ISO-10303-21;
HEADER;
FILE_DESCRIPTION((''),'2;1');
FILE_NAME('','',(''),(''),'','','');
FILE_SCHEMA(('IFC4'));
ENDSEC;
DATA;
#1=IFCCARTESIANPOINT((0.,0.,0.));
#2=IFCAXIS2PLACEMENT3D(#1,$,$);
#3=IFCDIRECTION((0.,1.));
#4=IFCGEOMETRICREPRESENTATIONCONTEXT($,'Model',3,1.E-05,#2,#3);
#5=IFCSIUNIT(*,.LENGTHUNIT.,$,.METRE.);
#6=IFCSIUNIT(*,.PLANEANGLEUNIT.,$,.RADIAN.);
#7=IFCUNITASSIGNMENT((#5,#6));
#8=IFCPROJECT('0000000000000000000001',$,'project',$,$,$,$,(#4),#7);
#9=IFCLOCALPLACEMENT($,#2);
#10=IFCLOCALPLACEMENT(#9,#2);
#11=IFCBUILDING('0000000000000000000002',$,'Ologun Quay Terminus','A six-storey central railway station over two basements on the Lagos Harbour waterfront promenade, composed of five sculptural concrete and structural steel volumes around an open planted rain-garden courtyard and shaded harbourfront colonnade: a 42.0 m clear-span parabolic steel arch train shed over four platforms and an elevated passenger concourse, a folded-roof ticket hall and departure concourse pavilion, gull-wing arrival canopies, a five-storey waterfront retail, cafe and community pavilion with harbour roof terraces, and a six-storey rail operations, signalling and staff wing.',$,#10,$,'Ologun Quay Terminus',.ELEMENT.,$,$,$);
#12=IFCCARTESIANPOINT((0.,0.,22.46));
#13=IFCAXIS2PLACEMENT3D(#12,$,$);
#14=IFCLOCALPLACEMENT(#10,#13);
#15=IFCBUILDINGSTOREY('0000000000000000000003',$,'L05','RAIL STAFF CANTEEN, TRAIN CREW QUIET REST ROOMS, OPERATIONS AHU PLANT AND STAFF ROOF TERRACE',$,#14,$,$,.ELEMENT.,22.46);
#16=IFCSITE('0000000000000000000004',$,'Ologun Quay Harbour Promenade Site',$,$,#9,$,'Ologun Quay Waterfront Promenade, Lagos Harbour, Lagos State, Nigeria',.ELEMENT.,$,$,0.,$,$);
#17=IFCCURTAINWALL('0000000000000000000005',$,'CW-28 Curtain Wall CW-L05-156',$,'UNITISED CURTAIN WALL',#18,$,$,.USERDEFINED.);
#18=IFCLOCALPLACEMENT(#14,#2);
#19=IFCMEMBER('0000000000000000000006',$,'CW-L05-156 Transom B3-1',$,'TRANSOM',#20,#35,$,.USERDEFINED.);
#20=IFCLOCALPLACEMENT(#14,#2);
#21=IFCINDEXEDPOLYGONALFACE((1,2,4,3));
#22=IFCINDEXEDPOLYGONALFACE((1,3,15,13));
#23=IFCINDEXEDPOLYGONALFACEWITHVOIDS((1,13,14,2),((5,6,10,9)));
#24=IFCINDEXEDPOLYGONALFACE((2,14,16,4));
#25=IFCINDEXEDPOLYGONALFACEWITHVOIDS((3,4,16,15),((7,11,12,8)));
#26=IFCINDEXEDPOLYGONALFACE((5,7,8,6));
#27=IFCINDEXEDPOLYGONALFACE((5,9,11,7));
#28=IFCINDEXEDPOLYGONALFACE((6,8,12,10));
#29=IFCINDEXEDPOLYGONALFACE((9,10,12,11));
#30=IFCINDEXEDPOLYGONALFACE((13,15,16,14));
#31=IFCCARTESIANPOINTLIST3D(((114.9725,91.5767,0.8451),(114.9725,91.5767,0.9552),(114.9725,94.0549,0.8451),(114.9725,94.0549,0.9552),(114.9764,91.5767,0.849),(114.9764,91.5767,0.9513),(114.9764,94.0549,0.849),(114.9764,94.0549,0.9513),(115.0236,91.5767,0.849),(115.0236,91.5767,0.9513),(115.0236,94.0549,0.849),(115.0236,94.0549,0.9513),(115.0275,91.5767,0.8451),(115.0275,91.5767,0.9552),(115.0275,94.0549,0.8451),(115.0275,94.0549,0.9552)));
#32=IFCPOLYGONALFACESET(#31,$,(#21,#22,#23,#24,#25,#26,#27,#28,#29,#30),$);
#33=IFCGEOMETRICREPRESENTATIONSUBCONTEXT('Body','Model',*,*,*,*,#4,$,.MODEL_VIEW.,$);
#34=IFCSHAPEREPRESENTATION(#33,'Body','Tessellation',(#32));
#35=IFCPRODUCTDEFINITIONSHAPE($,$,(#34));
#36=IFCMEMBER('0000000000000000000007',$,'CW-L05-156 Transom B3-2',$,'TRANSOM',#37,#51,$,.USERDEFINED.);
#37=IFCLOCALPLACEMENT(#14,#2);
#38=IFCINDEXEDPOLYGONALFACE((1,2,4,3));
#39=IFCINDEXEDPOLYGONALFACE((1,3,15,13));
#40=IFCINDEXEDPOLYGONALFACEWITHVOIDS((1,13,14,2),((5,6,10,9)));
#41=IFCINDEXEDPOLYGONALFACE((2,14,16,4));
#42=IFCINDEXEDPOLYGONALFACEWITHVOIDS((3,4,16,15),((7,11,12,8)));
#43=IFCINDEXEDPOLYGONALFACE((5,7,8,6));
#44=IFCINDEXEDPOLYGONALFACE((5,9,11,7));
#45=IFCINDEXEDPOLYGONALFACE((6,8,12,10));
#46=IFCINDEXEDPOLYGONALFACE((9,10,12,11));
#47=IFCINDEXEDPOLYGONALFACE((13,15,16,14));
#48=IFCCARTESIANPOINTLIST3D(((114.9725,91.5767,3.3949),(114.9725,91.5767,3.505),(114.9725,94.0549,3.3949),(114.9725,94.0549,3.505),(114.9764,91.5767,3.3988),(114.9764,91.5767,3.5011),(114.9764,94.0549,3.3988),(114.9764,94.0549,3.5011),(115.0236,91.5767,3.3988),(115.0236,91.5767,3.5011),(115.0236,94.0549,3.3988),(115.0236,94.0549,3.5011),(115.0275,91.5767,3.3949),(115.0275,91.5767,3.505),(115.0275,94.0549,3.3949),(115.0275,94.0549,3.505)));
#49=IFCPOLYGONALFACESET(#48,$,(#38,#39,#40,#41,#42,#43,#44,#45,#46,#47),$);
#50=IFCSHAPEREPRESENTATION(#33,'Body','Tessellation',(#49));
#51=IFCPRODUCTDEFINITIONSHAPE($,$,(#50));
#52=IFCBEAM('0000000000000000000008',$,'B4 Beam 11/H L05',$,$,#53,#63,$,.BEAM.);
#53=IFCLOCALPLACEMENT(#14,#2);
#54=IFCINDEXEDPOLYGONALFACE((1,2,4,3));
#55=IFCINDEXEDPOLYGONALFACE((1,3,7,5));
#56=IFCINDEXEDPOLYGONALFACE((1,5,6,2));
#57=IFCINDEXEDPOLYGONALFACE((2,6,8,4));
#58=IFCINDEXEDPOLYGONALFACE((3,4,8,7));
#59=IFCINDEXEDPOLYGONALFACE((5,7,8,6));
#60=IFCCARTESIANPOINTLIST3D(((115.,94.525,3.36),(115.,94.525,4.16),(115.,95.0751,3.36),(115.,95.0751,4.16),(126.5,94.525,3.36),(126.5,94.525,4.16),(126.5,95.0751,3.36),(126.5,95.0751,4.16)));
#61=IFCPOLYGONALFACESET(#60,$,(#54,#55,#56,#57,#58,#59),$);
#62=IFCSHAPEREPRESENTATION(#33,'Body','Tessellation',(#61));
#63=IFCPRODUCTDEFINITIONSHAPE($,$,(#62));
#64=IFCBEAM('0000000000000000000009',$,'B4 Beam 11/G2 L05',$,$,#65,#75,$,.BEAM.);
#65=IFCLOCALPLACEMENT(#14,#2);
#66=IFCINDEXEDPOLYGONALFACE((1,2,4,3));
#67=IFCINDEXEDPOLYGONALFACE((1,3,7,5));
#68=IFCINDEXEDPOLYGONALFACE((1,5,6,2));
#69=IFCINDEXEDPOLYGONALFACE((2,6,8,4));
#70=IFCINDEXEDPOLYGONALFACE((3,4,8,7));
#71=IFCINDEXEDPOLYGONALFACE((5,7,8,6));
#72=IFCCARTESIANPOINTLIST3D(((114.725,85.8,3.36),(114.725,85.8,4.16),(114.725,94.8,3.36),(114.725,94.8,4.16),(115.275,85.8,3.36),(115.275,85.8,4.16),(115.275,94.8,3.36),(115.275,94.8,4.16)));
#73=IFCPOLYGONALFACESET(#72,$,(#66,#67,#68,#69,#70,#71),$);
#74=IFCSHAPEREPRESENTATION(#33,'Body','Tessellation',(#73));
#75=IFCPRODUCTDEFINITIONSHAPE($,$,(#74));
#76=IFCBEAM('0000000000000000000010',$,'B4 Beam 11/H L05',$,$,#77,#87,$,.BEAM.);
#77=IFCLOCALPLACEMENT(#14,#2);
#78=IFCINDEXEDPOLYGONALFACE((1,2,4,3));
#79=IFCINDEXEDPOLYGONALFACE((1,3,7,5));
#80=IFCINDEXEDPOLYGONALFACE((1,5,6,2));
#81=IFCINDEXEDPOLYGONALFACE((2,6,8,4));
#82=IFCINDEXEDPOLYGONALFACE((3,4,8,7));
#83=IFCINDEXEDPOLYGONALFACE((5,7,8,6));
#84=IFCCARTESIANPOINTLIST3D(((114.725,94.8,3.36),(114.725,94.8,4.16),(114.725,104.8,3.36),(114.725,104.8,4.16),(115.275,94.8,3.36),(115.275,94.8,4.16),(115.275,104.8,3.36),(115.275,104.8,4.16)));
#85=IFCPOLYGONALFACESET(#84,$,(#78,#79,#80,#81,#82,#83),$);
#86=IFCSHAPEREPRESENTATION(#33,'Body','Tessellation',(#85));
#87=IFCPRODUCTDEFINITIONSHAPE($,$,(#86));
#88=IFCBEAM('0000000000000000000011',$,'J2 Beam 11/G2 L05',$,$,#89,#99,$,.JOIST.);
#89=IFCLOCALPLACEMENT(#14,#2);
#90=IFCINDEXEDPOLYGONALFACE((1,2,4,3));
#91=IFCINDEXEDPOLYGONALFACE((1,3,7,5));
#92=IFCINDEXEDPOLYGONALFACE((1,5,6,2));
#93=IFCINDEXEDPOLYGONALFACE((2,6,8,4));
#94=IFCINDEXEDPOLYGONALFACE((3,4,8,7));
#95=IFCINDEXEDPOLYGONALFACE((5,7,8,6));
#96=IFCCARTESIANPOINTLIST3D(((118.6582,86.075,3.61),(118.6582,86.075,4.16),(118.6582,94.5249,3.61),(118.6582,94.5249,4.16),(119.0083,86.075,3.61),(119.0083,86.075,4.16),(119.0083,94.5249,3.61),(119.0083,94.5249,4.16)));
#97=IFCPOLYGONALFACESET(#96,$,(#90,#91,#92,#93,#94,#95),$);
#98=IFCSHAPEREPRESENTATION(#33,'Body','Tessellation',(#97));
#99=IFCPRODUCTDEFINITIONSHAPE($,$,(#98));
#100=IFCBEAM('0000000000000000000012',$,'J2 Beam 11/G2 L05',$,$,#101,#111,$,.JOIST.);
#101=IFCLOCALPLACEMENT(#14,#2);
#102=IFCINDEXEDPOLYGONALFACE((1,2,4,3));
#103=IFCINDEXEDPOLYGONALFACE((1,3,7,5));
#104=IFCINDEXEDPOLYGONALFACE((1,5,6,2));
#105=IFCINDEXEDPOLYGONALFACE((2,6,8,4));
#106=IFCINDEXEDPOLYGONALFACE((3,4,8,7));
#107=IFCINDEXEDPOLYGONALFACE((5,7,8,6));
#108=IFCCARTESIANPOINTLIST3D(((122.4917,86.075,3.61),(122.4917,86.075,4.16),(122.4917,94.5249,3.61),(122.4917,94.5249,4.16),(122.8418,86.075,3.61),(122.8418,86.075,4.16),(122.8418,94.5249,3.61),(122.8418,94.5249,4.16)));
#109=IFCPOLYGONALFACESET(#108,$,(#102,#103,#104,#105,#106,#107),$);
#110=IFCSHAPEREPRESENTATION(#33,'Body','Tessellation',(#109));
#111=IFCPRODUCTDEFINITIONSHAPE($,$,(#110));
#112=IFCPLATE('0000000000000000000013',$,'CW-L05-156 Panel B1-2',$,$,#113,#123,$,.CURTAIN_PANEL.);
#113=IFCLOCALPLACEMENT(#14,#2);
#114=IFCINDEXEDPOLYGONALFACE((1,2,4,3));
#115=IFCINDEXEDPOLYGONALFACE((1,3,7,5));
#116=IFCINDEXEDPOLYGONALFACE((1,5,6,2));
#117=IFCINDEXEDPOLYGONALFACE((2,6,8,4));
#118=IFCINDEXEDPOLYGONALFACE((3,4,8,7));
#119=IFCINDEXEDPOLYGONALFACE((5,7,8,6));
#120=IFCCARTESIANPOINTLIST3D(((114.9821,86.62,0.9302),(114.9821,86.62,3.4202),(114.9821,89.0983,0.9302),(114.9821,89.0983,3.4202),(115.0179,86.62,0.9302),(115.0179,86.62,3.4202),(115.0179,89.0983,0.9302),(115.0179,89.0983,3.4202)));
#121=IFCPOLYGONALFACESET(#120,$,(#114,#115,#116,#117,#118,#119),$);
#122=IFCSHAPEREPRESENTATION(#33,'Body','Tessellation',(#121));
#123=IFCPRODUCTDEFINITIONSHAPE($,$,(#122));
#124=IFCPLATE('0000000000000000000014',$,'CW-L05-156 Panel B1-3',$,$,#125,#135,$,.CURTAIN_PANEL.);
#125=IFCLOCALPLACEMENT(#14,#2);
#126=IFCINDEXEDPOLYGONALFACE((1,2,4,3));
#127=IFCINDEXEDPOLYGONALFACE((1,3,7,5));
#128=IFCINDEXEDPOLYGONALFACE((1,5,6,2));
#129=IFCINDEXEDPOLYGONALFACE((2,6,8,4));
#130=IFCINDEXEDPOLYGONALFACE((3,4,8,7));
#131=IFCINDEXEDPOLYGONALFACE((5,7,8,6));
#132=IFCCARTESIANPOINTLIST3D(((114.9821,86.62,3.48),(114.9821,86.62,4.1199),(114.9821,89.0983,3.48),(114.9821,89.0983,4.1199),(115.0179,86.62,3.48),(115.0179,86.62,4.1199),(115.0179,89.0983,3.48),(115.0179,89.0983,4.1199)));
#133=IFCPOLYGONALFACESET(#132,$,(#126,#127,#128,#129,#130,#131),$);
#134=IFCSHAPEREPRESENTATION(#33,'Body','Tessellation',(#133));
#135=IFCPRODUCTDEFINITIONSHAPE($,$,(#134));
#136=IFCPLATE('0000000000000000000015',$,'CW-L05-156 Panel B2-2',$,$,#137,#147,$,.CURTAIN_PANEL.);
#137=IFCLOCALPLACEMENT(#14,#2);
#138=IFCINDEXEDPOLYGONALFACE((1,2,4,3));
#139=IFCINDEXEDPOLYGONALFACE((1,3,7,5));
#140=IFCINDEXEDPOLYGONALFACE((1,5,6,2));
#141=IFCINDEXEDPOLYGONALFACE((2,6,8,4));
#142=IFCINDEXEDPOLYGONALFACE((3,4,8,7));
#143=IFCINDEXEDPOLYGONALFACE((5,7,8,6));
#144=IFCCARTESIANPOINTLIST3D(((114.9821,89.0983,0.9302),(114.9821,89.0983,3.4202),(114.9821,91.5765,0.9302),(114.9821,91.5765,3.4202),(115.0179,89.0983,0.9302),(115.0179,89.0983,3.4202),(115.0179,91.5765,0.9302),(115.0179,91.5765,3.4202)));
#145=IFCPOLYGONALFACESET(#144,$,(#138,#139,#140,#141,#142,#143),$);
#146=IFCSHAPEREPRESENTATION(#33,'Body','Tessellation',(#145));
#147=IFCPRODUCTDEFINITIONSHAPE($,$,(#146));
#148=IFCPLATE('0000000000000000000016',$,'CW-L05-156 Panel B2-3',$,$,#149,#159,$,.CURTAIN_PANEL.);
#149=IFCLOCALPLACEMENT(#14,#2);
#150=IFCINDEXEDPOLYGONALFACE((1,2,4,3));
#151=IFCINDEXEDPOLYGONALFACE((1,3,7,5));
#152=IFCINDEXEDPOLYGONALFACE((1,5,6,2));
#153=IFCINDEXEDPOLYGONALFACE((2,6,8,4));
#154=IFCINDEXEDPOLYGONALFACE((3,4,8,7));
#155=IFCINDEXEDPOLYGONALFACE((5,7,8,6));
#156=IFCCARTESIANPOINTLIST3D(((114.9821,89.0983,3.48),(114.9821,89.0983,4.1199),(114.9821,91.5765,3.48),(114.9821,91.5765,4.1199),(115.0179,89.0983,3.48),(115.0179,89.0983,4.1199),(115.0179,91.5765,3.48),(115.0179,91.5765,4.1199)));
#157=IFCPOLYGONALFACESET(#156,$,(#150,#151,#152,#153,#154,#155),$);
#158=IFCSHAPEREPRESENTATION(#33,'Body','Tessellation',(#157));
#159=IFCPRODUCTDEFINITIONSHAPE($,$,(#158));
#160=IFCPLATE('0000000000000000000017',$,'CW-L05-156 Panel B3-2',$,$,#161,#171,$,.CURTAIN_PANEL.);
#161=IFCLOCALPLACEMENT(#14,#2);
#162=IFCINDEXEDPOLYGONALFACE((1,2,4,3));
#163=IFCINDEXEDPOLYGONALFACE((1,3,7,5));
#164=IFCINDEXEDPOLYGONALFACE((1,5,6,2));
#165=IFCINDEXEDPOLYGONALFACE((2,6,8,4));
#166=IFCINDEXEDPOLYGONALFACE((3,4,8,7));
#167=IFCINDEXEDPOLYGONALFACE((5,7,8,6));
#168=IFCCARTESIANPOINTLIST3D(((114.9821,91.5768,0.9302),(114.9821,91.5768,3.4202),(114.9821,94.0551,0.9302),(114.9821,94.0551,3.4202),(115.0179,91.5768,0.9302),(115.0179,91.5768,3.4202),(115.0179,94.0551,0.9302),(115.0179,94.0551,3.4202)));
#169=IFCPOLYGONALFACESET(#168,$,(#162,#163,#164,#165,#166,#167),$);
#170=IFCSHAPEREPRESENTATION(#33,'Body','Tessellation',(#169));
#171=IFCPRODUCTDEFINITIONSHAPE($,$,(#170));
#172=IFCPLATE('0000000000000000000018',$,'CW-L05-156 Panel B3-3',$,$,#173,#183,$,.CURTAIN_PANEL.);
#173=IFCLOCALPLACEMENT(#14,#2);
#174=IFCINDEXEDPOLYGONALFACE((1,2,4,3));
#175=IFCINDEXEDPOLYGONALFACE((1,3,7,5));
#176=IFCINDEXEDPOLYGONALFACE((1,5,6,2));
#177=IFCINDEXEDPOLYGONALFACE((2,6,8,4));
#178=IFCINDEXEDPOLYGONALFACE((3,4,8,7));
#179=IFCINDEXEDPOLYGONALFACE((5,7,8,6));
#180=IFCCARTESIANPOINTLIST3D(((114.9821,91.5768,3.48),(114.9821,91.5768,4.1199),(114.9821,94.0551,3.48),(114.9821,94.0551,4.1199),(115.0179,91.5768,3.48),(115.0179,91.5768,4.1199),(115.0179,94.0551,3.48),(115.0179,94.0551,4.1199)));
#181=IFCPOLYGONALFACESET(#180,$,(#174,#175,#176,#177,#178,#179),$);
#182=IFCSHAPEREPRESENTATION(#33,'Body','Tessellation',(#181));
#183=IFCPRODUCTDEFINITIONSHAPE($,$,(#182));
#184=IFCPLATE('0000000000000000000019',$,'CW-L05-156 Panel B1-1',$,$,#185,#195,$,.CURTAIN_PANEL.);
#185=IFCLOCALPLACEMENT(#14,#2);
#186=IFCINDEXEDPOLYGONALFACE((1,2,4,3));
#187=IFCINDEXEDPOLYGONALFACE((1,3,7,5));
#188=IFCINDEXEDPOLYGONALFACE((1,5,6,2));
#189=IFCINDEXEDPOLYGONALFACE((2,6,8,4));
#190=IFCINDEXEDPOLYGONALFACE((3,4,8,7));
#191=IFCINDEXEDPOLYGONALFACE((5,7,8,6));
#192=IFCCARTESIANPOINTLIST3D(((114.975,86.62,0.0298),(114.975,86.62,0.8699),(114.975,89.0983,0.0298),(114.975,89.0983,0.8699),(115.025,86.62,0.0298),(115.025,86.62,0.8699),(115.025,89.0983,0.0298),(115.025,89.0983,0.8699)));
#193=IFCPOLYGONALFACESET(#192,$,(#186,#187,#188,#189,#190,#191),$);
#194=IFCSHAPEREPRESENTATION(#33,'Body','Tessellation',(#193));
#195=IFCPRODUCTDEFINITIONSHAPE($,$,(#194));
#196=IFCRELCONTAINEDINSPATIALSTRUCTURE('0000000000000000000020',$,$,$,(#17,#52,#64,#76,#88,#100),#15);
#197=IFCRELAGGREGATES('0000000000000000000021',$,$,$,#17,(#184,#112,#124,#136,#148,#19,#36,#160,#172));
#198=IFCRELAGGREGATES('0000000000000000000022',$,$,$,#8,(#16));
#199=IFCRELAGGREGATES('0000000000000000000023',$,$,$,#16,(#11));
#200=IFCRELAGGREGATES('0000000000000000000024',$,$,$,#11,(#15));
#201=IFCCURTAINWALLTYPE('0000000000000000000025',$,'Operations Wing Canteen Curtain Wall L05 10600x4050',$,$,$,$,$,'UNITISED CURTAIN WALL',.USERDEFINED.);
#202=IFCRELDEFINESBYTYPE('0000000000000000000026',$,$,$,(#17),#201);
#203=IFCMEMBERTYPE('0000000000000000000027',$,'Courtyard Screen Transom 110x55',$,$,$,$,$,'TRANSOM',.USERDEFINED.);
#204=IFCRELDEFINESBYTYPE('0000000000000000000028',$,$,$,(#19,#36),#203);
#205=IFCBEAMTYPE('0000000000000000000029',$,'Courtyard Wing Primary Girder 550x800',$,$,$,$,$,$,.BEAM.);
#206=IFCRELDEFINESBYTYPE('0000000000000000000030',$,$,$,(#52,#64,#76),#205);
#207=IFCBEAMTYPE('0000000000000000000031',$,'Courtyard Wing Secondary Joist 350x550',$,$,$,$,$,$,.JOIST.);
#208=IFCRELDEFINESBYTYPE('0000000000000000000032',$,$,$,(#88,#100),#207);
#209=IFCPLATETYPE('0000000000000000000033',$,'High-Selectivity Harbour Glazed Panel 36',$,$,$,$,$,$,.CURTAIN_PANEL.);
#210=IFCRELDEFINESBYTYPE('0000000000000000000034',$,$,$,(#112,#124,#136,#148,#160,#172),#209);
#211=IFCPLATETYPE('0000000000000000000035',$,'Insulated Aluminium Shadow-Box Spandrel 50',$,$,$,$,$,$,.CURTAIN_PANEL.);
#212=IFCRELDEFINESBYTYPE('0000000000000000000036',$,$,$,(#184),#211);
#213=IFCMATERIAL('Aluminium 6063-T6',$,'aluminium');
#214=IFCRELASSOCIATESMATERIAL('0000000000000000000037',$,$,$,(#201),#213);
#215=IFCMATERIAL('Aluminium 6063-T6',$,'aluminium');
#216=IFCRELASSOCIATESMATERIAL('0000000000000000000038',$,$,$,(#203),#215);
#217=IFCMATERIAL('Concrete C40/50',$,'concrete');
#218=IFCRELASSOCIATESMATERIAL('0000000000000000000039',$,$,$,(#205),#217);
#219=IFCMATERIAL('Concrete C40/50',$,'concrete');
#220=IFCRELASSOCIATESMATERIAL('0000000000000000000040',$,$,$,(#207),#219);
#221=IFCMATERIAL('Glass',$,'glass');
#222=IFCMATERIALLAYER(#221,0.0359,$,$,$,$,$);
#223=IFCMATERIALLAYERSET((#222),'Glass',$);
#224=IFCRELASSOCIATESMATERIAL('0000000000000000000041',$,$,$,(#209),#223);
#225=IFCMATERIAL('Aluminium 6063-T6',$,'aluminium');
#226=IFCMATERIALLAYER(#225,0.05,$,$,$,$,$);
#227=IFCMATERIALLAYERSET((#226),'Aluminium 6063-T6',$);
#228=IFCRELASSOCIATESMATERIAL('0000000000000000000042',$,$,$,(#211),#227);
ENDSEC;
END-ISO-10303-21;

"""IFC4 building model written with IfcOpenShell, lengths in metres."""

from ifc_helpers import new_model, si_unit, direction, frame, origin, origin_2d, place, context, subcontext, project, spatial, rectangle, hollow_rectangle, extrude, material, layer, layer_set, material_profile, profile_set, type_object, element, aggregate, save


model = new_model("IFC4")

# Units and contexts
model_context = context("Model", 3, precision=1e-05, world=origin(), true_north=direction((0.0, 1.0)))
body_context = subcontext(model_context, "Body", "Model", "MODEL_VIEW")
ifc_project = project(units=[si_unit("LENGTHUNIT", "METRE"), si_unit("PLANEANGLEUNIT", "RADIAN")], contexts=[model_context])

# Site, building, storey
site_placement = place(None, origin())
site = spatial("IfcSite", under=ifc_project, at=site_placement, Name="Ologun Quay Harbour Promenade Site", LongName="Ologun Quay Waterfront Promenade, Lagos Harbour, Lagos State, Nigeria", CompositionType="ELEMENT", RefElevation=0.0)
building_placement = place(site_placement, origin())
building = spatial("IfcBuilding", under=site, at=building_placement, Name="Ologun Quay Terminus", Description="A six-storey central railway station over two basements on the Lagos Harbour waterfront promenade, composed of five sculptural concrete and structural steel volumes around an open planted rain-garden courtyard and shaded harbourfront colonnade: a 42.0 m clear-span parabolic steel arch train shed over four platforms and an elevated passenger concourse, a folded-roof ticket hall and departure concourse pavilion, gull-wing arrival canopies, a five-storey waterfront retail, cafe and community pavilion with harbour roof terraces, and a six-storey rail operations, signalling and staff wing.", LongName="Ologun Quay Terminus", CompositionType="ELEMENT")
storey_placement = place(building_placement, frame((0.0, 0.0, 22.46)))
storey = spatial("IfcBuildingStorey", under=building, at=storey_placement, Name="L05", Description="RAIL STAFF CANTEEN, TRAIN CREW QUIET REST ROOMS, OPERATIONS AHU PLANT AND STAFF ROOF TERRACE", CompositionType="ELEMENT", Elevation=22.46)

# Curtain wall, members
ifc_material_1 = material(Name="Aluminium 6063-T6", Category="aluminium")
curtain_wall_type = type_object("IfcCurtainWallType", Name="Operations Wing Canteen Curtain Wall L05 10600x4050", ElementType="UNITISED CURTAIN WALL", PredefinedType="USERDEFINED", material=ifc_material_1)
curtain_wall_placement = place(storey_placement, origin())
curtain_wall = element("IfcCurtainWall", 1, at=curtain_wall_placement, inside=storey, type_object=curtain_wall_type, Name="CW-28 Curtain Wall CW-L05-156", ObjectType="UNITISED CURTAIN WALL", PredefinedType="USERDEFINED")
ifc_material_2 = material(Name="Aluminium 6063-T6", Category="aluminium")
ifc_material_profile_1 = material_profile(ifc_material_2, hollow_rectangle(XDim=0.0549, YDim=0.1101, WallThickness=0.0039, at=origin_2d()), Name="ALU 110x55x4")
ifc_profile_set_1 = profile_set([ifc_material_profile_1], Name="Aluminium 6063-T6")
member_type_1 = type_object("IfcMemberType", Name="Courtyard Screen Transom 110x55", ElementType="TRANSOM", PredefinedType="USERDEFINED", material=ifc_profile_set_1)
member_1_placement = place(storey_placement, frame((115.0, 91.5767, 0.9001), z_axis=(0.0, 1.0, 0.0), x_axis=(-1.0, 0.0, 0.0)))
member_1 = element("IfcMember", 2, at=member_1_placement, type_object=member_type_1, Name="CW-L05-156 Transom B3-1", ObjectType="TRANSOM", PredefinedType="USERDEFINED", context=body_context, shape_type="SweptSolid", body=[
    extrude(hollow_rectangle(XDim=0.0549, YDim=0.1101, WallThickness=0.0039, at=origin_2d()), origin(), (0.0, 0.0, 1.0), 2.4783),
])
member_2_placement = place(storey_placement, frame((115.0, 91.5767, 3.45), z_axis=(0.0, 1.0, 0.0), x_axis=(-1.0, 0.0, 0.0)))
member_2 = element("IfcMember", 3, at=member_2_placement, type_object=member_type_1, Name="CW-L05-156 Transom B3-2", ObjectType="TRANSOM", PredefinedType="USERDEFINED", context=body_context, shape_type="SweptSolid", body=[
    extrude(hollow_rectangle(XDim=0.0549, YDim=0.1101, WallThickness=0.0039, at=origin_2d()), origin(), (0.0, 0.0, 1.0), 2.4783),
])

# Beams
ifc_material_3 = material(Name="Concrete C40/50", Category="concrete")
ifc_material_profile_2 = material_profile(ifc_material_3, rectangle(XDim=0.55, YDim=0.8, at=origin_2d()), Name="RC 550x800")
ifc_profile_set_2 = profile_set([ifc_material_profile_2], Name="Concrete C40/50")
beam_type_1 = type_object("IfcBeamType", Name="Courtyard Wing Primary Girder 550x800", PredefinedType="BEAM", material=ifc_profile_set_2)
beam_1_placement = place(storey_placement, frame((115.0, 94.8, 3.76), z_axis=(1.0, 0.0, 0.0), x_axis=(0.0, 1.0, 0.0)))
element("IfcBeam", 4, at=beam_1_placement, inside=storey, type_object=beam_type_1, Name="B4 Beam 11/H L05", PredefinedType="BEAM", context=body_context, shape_type="SweptSolid", body=[
    extrude(rectangle(XDim=0.55, YDim=0.8, at=origin_2d()), origin(), (0.0, 0.0, 1.0), 11.5),
])
beam_2_placement = place(storey_placement, frame((115.0, 85.8, 3.76), z_axis=(0.0, 1.0, 0.0), x_axis=(-1.0, 0.0, 0.0)))
element("IfcBeam", 5, at=beam_2_placement, inside=storey, type_object=beam_type_1, Name="B4 Beam 11/G2 L05", PredefinedType="BEAM", context=body_context, shape_type="SweptSolid", body=[
    extrude(rectangle(XDim=0.55, YDim=0.8, at=origin_2d()), origin(), (0.0, 0.0, 1.0), 9.0),
])
beam_3_placement = place(storey_placement, frame((115.0, 94.8, 3.76), z_axis=(0.0, 1.0, 0.0), x_axis=(-1.0, 0.0, 0.0)))
element("IfcBeam", 6, at=beam_3_placement, inside=storey, type_object=beam_type_1, Name="B4 Beam 11/H L05", PredefinedType="BEAM", context=body_context, shape_type="SweptSolid", body=[
    extrude(rectangle(XDim=0.55, YDim=0.8, at=origin_2d()), origin(), (0.0, 0.0, 1.0), 10.0),
])
ifc_material_4 = material(Name="Concrete C40/50", Category="concrete")
ifc_material_profile_3 = material_profile(ifc_material_4, rectangle(XDim=0.3501, YDim=0.55, at=origin_2d()), Name="RC 350x550")
ifc_profile_set_3 = profile_set([ifc_material_profile_3], Name="Concrete C40/50")
beam_type_2 = type_object("IfcBeamType", Name="Courtyard Wing Secondary Joist 350x550", PredefinedType="JOIST", material=ifc_profile_set_3)
for number, where, z_axis, x_axis, name in (
    (7, (118.8333, 86.075, 3.885), (0.0, 1.0, 0.0), (-1.0, 0.0, 0.0), "J2 Beam 11/G2 L05"),
    (8, (122.6667, 86.075, 3.885), (0.0, 1.0, 0.0), (-1.0, 0.0, 0.0), "J2 Beam 11/G2 L05"),
):
    element("IfcBeam", number, at=place(storey_placement, frame(where, z_axis=z_axis, x_axis=x_axis)), inside=storey, type_object=beam_type_2, Name=name, PredefinedType="JOIST", context=body_context, shape_type="SweptSolid", body=[
        extrude(rectangle(XDim=0.3501, YDim=0.55, at=origin_2d()), origin(), (0.0, 0.0, 1.0), 8.45),
    ])

# Plates
ifc_material_5 = material(Name="Glass", Category="glass")
ifc_layer_1 = layer(ifc_material_5, 0.0359)
ifc_layer_set_1 = layer_set([ifc_layer_1], Name="Glass")
plate_type_1 = type_object("IfcPlateType", Name="High-Selectivity Harbour Glazed Panel 36", PredefinedType="CURTAIN_PANEL", material=ifc_layer_set_1)
plate_1_placement = place(storey_placement, frame((115.0, 87.8591, 0.9302), z_axis=(0.0, 0.0, 1.0), x_axis=(0.0, 1.0, 0.0)))
plate_1 = element("IfcPlate", 9, at=plate_1_placement, type_object=plate_type_1, Name="CW-L05-156 Panel B1-2", PredefinedType="CURTAIN_PANEL", context=body_context, shape_type="SweptSolid", body=[
    extrude(rectangle(XDim=2.4783, YDim=0.0359, at=origin_2d()), origin(), (0.0, 0.0, 1.0), 2.49),
])
plate_2_placement = place(storey_placement, frame((115.0, 87.8591, 3.48), z_axis=(0.0, 0.0, 1.0), x_axis=(0.0, 1.0, 0.0)))
plate_2 = element("IfcPlate", 10, at=plate_2_placement, type_object=plate_type_1, Name="CW-L05-156 Panel B1-3", PredefinedType="CURTAIN_PANEL", context=body_context, shape_type="SweptSolid", body=[
    extrude(rectangle(XDim=2.4783, YDim=0.0359, at=origin_2d()), origin(), (0.0, 0.0, 1.0), 0.6399),
])
plate_3_placement = place(storey_placement, frame((115.0, 90.3374, 0.9302), z_axis=(0.0, 0.0, 1.0), x_axis=(0.0, 1.0, 0.0)))
plate_3 = element("IfcPlate", 11, at=plate_3_placement, type_object=plate_type_1, Name="CW-L05-156 Panel B2-2", PredefinedType="CURTAIN_PANEL", context=body_context, shape_type="SweptSolid", body=[
    extrude(rectangle(XDim=2.4783, YDim=0.0359, at=origin_2d()), origin(), (0.0, 0.0, 1.0), 2.49),
])
plate_4_placement = place(storey_placement, frame((115.0, 90.3374, 3.48), z_axis=(0.0, 0.0, 1.0), x_axis=(0.0, 1.0, 0.0)))
plate_4 = element("IfcPlate", 12, at=plate_4_placement, type_object=plate_type_1, Name="CW-L05-156 Panel B2-3", PredefinedType="CURTAIN_PANEL", context=body_context, shape_type="SweptSolid", body=[
    extrude(rectangle(XDim=2.4783, YDim=0.0359, at=origin_2d()), origin(), (0.0, 0.0, 1.0), 0.6399),
])
plate_5_placement = place(storey_placement, frame((115.0, 92.8159, 0.9302), z_axis=(0.0, 0.0, 1.0), x_axis=(0.0, 1.0, 0.0)))
plate_5 = element("IfcPlate", 13, at=plate_5_placement, type_object=plate_type_1, Name="CW-L05-156 Panel B3-2", PredefinedType="CURTAIN_PANEL", context=body_context, shape_type="SweptSolid", body=[
    extrude(rectangle(XDim=2.4783, YDim=0.0359, at=origin_2d()), origin(), (0.0, 0.0, 1.0), 2.49),
])
plate_6_placement = place(storey_placement, frame((115.0, 92.8159, 3.48), z_axis=(0.0, 0.0, 1.0), x_axis=(0.0, 1.0, 0.0)))
plate_6 = element("IfcPlate", 14, at=plate_6_placement, type_object=plate_type_1, Name="CW-L05-156 Panel B3-3", PredefinedType="CURTAIN_PANEL", context=body_context, shape_type="SweptSolid", body=[
    extrude(rectangle(XDim=2.4783, YDim=0.0359, at=origin_2d()), origin(), (0.0, 0.0, 1.0), 0.6399),
])
ifc_material_6 = material(Name="Aluminium 6063-T6", Category="aluminium")
ifc_layer_2 = layer(ifc_material_6, 0.05)
ifc_layer_set_2 = layer_set([ifc_layer_2], Name="Aluminium 6063-T6")
plate_type_2 = type_object("IfcPlateType", Name="Insulated Aluminium Shadow-Box Spandrel 50", PredefinedType="CURTAIN_PANEL", material=ifc_layer_set_2)
plate_7_placement = place(storey_placement, frame((115.0, 87.8591, 0.0298), z_axis=(0.0, 0.0, 1.0), x_axis=(0.0, 1.0, 0.0)))
plate_7 = element("IfcPlate", 15, at=plate_7_placement, type_object=plate_type_2, Name="CW-L05-156 Panel B1-1", PredefinedType="CURTAIN_PANEL", context=body_context, shape_type="SweptSolid", body=[
    extrude(rectangle(XDim=2.4783, YDim=0.05, at=origin_2d()), origin(), (0.0, 0.0, 1.0), 0.8401),
])
aggregate(curtain_wall, [plate_7, plate_1, plate_2, plate_3, plate_4, member_1, member_2, plate_5, plate_6])

save(model, "model.ifc")
